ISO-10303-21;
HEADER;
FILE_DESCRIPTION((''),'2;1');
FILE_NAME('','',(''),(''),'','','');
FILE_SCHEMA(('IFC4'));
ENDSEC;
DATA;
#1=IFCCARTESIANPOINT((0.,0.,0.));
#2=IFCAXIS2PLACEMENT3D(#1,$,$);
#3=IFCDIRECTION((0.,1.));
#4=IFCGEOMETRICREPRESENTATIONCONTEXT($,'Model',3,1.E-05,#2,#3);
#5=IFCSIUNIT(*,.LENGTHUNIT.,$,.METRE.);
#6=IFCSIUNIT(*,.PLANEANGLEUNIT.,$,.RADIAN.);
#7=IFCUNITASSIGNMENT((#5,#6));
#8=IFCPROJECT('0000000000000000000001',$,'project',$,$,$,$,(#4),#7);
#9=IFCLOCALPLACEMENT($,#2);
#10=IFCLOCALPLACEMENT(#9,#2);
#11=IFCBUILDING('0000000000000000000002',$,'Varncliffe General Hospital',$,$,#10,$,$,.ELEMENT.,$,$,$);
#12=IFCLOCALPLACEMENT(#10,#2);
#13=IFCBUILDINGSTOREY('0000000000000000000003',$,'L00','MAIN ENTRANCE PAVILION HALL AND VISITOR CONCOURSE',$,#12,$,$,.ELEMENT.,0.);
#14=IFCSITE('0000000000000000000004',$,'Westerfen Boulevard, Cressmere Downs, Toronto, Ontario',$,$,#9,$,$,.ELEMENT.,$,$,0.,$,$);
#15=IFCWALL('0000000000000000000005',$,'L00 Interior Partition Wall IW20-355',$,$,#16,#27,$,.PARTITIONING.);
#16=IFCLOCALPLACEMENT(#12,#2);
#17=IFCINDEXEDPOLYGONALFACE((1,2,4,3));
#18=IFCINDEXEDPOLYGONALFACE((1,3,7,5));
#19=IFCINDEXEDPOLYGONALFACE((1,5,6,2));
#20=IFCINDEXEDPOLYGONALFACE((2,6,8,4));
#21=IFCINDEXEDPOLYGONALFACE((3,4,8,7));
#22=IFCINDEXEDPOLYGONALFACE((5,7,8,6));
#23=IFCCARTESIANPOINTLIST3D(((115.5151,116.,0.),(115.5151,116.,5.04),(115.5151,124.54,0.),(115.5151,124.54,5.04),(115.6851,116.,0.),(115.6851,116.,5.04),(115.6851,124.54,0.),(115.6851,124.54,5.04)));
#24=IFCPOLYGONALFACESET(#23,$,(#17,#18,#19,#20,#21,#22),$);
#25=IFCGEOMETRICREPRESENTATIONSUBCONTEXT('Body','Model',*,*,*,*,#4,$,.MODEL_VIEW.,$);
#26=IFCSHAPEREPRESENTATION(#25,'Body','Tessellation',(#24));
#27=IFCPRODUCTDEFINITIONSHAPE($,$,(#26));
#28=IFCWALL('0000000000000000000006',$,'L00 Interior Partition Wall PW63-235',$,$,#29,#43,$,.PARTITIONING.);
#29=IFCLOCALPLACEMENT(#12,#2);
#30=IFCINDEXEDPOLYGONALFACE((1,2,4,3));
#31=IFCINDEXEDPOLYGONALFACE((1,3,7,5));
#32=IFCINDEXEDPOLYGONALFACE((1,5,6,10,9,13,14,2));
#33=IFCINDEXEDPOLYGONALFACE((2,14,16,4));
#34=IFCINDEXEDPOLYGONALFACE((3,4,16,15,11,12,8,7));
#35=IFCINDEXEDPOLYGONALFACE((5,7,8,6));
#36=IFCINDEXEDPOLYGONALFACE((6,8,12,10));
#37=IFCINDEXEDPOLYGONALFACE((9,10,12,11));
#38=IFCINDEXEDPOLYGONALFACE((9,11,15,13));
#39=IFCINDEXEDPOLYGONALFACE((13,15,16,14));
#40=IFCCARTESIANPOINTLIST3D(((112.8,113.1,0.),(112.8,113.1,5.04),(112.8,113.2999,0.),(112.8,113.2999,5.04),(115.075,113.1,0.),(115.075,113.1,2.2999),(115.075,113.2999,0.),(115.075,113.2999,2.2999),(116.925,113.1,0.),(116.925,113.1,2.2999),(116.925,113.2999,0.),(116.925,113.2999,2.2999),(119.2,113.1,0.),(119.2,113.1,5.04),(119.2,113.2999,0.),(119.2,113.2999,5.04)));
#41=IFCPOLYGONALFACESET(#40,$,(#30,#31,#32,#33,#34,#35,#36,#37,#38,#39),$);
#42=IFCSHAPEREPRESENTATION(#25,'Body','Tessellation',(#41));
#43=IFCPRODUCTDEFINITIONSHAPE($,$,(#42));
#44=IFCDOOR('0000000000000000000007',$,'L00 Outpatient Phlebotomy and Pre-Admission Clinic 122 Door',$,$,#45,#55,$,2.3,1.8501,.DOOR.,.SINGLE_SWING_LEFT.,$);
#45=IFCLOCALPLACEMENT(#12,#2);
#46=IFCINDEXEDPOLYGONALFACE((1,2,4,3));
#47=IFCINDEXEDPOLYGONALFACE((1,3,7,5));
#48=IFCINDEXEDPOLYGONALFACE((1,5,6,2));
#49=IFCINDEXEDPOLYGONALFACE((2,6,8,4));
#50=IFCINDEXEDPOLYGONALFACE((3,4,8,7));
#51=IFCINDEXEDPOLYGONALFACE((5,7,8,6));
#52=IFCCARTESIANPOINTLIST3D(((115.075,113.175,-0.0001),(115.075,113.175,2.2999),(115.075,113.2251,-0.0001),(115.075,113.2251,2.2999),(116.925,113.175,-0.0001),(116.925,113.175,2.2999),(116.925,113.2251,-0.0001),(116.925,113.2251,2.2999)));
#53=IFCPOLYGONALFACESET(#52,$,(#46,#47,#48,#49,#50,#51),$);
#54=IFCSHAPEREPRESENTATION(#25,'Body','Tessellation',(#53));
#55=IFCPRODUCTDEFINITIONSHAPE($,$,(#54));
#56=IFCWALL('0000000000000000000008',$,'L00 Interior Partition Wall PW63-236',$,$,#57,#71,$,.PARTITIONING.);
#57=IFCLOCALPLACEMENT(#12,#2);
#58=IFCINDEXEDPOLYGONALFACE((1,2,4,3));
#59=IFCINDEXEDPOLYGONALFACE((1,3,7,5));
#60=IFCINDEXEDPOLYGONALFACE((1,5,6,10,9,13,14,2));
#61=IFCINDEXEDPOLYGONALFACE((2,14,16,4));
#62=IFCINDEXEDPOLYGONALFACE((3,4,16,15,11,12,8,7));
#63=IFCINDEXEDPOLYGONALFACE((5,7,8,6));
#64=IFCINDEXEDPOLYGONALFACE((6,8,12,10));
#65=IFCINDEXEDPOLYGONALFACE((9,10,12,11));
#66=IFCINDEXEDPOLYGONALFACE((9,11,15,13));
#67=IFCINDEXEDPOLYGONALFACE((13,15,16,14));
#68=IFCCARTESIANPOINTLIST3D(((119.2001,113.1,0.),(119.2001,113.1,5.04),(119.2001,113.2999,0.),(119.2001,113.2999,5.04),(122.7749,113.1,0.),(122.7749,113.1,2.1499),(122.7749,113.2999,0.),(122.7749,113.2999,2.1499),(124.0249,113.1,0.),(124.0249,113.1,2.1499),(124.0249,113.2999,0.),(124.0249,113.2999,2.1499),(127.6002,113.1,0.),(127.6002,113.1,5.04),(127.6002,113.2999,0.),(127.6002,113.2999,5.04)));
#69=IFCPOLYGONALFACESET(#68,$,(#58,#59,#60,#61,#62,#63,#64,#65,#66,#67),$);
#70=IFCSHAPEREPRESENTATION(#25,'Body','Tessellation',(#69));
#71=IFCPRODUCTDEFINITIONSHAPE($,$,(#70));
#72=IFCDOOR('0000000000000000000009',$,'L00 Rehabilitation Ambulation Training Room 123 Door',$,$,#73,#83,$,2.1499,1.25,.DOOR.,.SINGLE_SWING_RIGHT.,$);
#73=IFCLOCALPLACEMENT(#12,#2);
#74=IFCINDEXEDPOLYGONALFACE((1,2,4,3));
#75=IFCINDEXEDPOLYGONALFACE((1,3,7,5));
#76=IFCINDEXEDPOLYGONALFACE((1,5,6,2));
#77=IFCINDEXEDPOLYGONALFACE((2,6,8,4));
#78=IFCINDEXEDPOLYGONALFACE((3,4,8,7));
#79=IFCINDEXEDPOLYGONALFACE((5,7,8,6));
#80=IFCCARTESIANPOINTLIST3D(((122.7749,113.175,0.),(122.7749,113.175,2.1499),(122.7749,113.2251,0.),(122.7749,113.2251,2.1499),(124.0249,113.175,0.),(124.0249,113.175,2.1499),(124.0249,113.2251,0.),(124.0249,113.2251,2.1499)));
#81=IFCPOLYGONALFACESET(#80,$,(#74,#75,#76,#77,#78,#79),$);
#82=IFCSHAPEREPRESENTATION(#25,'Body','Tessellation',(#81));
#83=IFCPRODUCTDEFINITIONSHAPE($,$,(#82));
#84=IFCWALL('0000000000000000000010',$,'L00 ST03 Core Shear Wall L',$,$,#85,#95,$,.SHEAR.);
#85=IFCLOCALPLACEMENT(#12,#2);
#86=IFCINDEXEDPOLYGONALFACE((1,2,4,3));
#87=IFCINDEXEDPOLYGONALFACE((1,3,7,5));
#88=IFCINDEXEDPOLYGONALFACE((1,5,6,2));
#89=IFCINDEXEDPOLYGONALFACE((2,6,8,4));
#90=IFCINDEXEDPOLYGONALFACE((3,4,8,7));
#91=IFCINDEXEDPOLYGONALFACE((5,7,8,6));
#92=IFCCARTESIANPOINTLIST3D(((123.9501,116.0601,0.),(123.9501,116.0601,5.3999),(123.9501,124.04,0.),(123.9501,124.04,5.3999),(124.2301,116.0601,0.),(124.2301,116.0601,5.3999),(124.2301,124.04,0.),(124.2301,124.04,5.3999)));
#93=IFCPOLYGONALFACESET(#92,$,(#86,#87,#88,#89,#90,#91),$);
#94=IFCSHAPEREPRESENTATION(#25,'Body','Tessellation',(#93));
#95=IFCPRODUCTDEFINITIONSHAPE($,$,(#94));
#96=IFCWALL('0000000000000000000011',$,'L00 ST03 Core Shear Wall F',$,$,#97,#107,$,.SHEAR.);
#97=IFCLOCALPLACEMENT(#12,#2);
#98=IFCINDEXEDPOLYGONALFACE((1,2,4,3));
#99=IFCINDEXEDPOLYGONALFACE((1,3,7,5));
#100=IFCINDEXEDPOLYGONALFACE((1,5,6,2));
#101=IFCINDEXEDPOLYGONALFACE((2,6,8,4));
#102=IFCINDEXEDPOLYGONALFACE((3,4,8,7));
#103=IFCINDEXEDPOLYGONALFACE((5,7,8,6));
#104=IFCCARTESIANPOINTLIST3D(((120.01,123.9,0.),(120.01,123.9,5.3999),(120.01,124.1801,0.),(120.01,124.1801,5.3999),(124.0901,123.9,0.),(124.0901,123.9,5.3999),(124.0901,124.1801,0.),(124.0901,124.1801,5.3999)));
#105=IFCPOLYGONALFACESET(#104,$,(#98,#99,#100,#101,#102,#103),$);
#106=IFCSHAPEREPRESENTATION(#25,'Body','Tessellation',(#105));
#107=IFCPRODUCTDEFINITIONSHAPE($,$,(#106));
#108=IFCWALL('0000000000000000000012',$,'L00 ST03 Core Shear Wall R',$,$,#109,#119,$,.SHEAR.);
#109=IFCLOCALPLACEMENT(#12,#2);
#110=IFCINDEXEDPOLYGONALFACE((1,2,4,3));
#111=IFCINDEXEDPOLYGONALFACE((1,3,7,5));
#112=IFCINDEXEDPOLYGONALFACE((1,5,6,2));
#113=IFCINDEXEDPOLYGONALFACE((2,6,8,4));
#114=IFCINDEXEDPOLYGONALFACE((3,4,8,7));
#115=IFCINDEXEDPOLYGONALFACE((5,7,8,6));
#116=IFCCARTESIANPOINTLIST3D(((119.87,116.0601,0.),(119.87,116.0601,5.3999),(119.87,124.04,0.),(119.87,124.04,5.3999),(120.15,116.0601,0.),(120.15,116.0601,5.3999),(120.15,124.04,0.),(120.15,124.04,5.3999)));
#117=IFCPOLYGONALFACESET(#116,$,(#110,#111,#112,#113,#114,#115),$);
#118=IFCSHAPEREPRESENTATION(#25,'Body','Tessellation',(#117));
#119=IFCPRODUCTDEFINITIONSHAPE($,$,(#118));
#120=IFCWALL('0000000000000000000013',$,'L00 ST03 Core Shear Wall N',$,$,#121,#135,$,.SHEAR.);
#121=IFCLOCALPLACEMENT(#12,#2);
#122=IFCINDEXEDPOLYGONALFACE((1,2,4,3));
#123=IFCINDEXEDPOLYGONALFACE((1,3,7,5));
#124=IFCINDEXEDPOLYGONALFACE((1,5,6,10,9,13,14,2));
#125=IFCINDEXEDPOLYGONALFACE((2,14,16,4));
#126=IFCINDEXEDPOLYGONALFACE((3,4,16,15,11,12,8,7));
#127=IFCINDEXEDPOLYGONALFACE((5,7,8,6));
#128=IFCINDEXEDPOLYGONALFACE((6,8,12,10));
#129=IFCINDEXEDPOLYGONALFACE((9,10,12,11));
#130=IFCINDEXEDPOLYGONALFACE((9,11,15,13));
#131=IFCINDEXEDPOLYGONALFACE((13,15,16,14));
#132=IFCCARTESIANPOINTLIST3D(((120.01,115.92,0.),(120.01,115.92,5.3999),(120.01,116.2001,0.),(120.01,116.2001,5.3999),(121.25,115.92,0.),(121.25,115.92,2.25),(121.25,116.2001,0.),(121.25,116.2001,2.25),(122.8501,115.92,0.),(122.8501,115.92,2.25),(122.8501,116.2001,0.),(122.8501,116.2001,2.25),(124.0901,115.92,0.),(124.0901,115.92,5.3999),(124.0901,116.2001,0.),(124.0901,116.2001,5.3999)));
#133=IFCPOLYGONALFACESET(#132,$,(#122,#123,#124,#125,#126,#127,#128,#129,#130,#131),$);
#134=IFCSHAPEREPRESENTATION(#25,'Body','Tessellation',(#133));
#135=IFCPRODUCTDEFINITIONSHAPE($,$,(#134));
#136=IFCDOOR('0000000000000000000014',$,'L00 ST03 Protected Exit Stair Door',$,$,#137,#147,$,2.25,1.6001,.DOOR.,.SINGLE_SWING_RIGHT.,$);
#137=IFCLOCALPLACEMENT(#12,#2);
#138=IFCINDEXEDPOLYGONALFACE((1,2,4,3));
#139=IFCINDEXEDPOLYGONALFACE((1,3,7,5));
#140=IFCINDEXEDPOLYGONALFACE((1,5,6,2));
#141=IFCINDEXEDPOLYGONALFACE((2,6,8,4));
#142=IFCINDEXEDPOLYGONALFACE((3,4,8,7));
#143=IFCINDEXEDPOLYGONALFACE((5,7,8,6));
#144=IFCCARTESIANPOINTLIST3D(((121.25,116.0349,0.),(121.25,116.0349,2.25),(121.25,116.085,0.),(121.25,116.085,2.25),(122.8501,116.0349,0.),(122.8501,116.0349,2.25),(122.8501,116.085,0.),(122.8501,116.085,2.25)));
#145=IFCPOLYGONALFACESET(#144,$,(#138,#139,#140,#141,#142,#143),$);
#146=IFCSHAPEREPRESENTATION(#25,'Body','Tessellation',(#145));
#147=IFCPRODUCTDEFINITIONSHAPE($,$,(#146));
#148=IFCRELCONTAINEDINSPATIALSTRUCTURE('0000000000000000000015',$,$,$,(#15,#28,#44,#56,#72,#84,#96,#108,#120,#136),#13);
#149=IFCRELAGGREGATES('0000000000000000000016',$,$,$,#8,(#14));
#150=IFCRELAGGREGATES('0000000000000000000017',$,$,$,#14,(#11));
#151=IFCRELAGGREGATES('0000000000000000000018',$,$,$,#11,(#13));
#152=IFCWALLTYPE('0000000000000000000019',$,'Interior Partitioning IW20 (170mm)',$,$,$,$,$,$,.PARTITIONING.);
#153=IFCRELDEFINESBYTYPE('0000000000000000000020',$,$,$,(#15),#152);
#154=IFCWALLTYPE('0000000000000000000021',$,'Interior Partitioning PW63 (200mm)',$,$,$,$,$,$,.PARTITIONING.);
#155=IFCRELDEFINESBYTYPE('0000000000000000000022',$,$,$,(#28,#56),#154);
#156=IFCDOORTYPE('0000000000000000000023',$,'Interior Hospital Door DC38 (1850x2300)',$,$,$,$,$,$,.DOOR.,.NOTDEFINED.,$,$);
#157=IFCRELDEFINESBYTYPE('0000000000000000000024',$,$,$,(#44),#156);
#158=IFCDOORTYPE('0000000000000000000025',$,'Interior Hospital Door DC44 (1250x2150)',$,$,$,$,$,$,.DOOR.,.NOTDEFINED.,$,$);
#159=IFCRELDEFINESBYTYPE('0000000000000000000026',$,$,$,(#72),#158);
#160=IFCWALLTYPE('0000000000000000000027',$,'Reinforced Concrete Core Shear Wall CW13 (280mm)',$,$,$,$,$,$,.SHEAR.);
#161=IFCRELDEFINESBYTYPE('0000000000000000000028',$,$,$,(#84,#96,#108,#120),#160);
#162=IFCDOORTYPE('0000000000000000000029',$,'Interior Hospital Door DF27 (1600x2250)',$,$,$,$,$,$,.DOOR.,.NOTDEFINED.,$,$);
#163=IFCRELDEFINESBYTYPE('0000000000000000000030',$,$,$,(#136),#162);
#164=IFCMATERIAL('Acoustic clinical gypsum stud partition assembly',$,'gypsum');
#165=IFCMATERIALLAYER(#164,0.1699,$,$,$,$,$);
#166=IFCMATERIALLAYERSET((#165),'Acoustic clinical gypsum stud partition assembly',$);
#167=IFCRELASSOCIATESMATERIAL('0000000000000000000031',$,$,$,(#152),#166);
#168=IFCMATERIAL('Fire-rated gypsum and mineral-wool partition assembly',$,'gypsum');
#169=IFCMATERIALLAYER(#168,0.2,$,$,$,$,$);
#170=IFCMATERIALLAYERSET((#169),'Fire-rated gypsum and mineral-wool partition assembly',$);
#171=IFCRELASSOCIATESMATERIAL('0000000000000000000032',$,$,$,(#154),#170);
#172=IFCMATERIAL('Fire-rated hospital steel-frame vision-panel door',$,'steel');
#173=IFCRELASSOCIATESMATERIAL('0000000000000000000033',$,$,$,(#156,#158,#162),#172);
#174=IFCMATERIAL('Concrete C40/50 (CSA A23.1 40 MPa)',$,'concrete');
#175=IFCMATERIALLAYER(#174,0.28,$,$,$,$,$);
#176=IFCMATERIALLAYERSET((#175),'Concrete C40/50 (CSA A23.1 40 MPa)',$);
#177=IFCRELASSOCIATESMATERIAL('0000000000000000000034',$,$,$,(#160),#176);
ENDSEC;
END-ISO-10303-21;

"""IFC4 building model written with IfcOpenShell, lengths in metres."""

from ifc_helpers import new_model, si_unit, direction, frame, frame_2d, origin, place, context, subcontext, project, spatial, rectangle, extrude, material, layer, layer_set, type_object, element, fill, save


model = new_model("IFC4")

# Units and contexts
model_context = context("Model", 3, precision=1e-05, world=origin(), true_north=direction((0.0, 1.0)))
body_context = subcontext(model_context, "Body", "Model", "MODEL_VIEW")
ifc_project = project(units=[si_unit("LENGTHUNIT", "METRE"), si_unit("PLANEANGLEUNIT", "RADIAN")], contexts=[model_context])

# Site, building, storey
site_placement = place(None, origin())
site = spatial("IfcSite", under=ifc_project, at=site_placement, Name="Westerfen Boulevard, Cressmere Downs, Toronto, Ontario", CompositionType="ELEMENT", RefElevation=0.0)
building_placement = place(site_placement, origin())
building = spatial("IfcBuilding", under=site, at=building_placement, Name="Varncliffe General Hospital", CompositionType="ELEMENT")
storey_placement = place(building_placement, origin())
storey = spatial("IfcBuildingStorey", under=building, at=storey_placement, Name="L00", Description="MAIN ENTRANCE PAVILION HALL AND VISITOR CONCOURSE", CompositionType="ELEMENT", Elevation=0.0)

# Shared definitions
ifc_material_1 = material(Name="Concrete C40/50 (CSA A23.1 40 MPa)", Category="concrete")

# Wall
ifc_material_2 = material(Name="Acoustic clinical gypsum stud partition assembly", Category="gypsum")
ifc_layer_1 = layer(ifc_material_2, 0.1699)
ifc_layer_set_1 = layer_set([ifc_layer_1], Name="Acoustic clinical gypsum stud partition assembly")
wall_type_1 = type_object("IfcWallType", Name="Interior Partitioning IW20 (170mm)", PredefinedType="PARTITIONING", material=ifc_layer_set_1)
wall_1_placement = place(storey_placement, frame((115.6001, 116.0, 0.0), z_axis=(0.0, 0.0, 1.0), x_axis=(0.0, 1.0, 0.0)))
element("IfcWall", 1, at=wall_1_placement, inside=storey, type_object=wall_type_1, Name="L00 Interior Partition Wall IW20-355", PredefinedType="PARTITIONING", context=body_context, shape_type="SweptSolid", body=[
    extrude(rectangle(XDim=8.54, YDim=0.1699, at=frame_2d((4.27, 0.0))), origin(), (0.0, 0.0, 1.0), 5.04),
])

# Walls, openings, doors
ifc_material_3 = material(Name="Fire-rated gypsum and mineral-wool partition assembly", Category="gypsum")
ifc_layer_2 = layer(ifc_material_3, 0.2)
ifc_layer_set_2 = layer_set([ifc_layer_2], Name="Fire-rated gypsum and mineral-wool partition assembly")
wall_type_2 = type_object("IfcWallType", Name="Interior Partitioning PW63 (200mm)", PredefinedType="PARTITIONING", material=ifc_layer_set_2)
wall_2_placement = place(storey_placement, frame((112.8, 113.2, 0.0), z_axis=(0.0, 0.0, 1.0), x_axis=(1.0, 0.0, 0.0)))
wall_2 = element("IfcWall", 2, at=wall_2_placement, inside=storey, type_object=wall_type_2, Name="L00 Interior Partition Wall PW63-235", PredefinedType="PARTITIONING", context=body_context, shape_type="SweptSolid", body=[
    extrude(rectangle(XDim=6.3999, YDim=0.2, at=frame_2d((3.2, 0.0))), origin(), (0.0, 0.0, 1.0), 5.04),
])
opening_1_placement = place(wall_2_placement, frame((2.2749, 0.0, 0.0)))
opening_1 = element("IfcOpeningElement", 3, at=opening_1_placement, cuts=wall_2, PredefinedType="OPENING", context=body_context, shape_type="SweptSolid", body=[
    extrude(rectangle(XDim=1.8501, YDim=2.3, at=frame_2d((0.925, 1.1499))), frame((0.0, 0.1099, 0.0), z_axis=(0.0, -1.0, 0.0), x_axis=(1.0, 0.0, 0.0)), (0.0, 0.0, 1.0), 0.22),
])
ifc_material_4 = material(Name="Fire-rated hospital steel-frame vision-panel door", Category="steel")
door_type_1 = type_object("IfcDoorType", Name="Interior Hospital Door DC38 (1850x2300)", OperationType="NOTDEFINED", PredefinedType="DOOR", material=ifc_material_4)
door_1_placement = place(opening_1_placement, frame((1.8501, 0.0, 0.0), z_axis=(0.0, 0.0, 1.0), x_axis=(-1.0, 0.0, 0.0)))
door_1 = element("IfcDoor", 4, at=door_1_placement, inside=storey, type_object=door_type_1, Name="L00 Outpatient Phlebotomy and Pre-Admission Clinic 122 Door", OperationType="SINGLE_SWING_LEFT", OverallHeight=2.3, OverallWidth=1.8501, PredefinedType="DOOR", context=body_context, shape_type="SweptSolid", body=[
    extrude(rectangle(XDim=1.8501, YDim=2.3, at=frame_2d((0.925, 1.1499))), frame((0.0, 0.0249, 0.0), z_axis=(0.0, -1.0, 0.0), x_axis=(1.0, 0.0, 0.0)), (0.0, 0.0, 1.0), 0.05),
])
fill(opening_1, door_1)
wall_3_placement = place(storey_placement, frame((119.2, 113.2, 0.0), z_axis=(0.0, 0.0, 1.0), x_axis=(1.0, 0.0, 0.0)))
wall_3 = element("IfcWall", 5, at=wall_3_placement, inside=storey, type_object=wall_type_2, Name="L00 Interior Partition Wall PW63-236", PredefinedType="PARTITIONING", context=body_context, shape_type="SweptSolid", body=[
    extrude(rectangle(XDim=8.4001, YDim=0.2, at=frame_2d((4.2002, 0.0))), origin(), (0.0, 0.0, 1.0), 5.04),
])
opening_2_placement = place(wall_3_placement, frame((3.575, 0.0, 0.0)))
opening_2 = element("IfcOpeningElement", 6, at=opening_2_placement, cuts=wall_3, PredefinedType="OPENING", context=body_context, shape_type="SweptSolid", body=[
    extrude(rectangle(XDim=1.25, YDim=2.1499, at=frame_2d((0.625, 1.075))), frame((0.0, 0.1099, 0.0), z_axis=(0.0, -1.0, 0.0), x_axis=(1.0, 0.0, 0.0)), (0.0, 0.0, 1.0), 0.22),
])
door_type_2 = type_object("IfcDoorType", Name="Interior Hospital Door DC44 (1250x2150)", OperationType="NOTDEFINED", PredefinedType="DOOR", material=ifc_material_4)
door_2_placement = place(opening_2_placement, frame((1.25, 0.0, 0.0), z_axis=(0.0, 0.0, 1.0), x_axis=(-1.0, 0.0, 0.0)))
door_2 = element("IfcDoor", 7, at=door_2_placement, inside=storey, type_object=door_type_2, Name="L00 Rehabilitation Ambulation Training Room 123 Door", OperationType="SINGLE_SWING_RIGHT", OverallHeight=2.1499, OverallWidth=1.25, PredefinedType="DOOR", context=body_context, shape_type="SweptSolid", body=[
    extrude(rectangle(XDim=1.25, YDim=2.1499, at=frame_2d((0.625, 1.075))), frame((0.0, 0.0249, 0.0), z_axis=(0.0, -1.0, 0.0), x_axis=(1.0, 0.0, 0.0)), (0.0, 0.0, 1.0), 0.05),
])
fill(opening_2, door_2)

# Walls
ifc_layer_3 = layer(ifc_material_1, 0.28)
ifc_layer_set_3 = layer_set([ifc_layer_3], Name="Concrete C40/50 (CSA A23.1 40 MPa)")
wall_type_3 = type_object("IfcWallType", Name="Reinforced Concrete Core Shear Wall CW13 (280mm)", PredefinedType="SHEAR", material=ifc_layer_set_3)
wall_4_placement = place(storey_placement, frame((124.0901, 116.0601, 0.0), z_axis=(0.0, 0.0, 1.0), x_axis=(0.0, 1.0, 0.0)))
element("IfcWall", 8, at=wall_4_placement, inside=storey, type_object=wall_type_3, Name="L00 ST03 Core Shear Wall L", PredefinedType="SHEAR", context=body_context, shape_type="SweptSolid", body=[
    extrude(rectangle(XDim=7.98, YDim=0.28, at=frame_2d((3.99, 0.0))), origin(), (0.0, 0.0, 1.0), 5.3999),
])
wall_5_placement = place(storey_placement, frame((124.0901, 124.04, 0.0), z_axis=(0.0, 0.0, 1.0), x_axis=(-1.0, 0.0, 0.0)))
element("IfcWall", 9, at=wall_5_placement, inside=storey, type_object=wall_type_3, Name="L00 ST03 Core Shear Wall F", PredefinedType="SHEAR", context=body_context, shape_type="SweptSolid", body=[
    extrude(rectangle(XDim=4.0801, YDim=0.28, at=frame_2d((2.04, 0.0))), origin(), (0.0, 0.0, 1.0), 5.3999),
])
wall_6_placement = place(storey_placement, frame((120.01, 124.04, 0.0), z_axis=(0.0, 0.0, 1.0), x_axis=(0.0, -1.0, 0.0)))
element("IfcWall", 10, at=wall_6_placement, inside=storey, type_object=wall_type_3, Name="L00 ST03 Core Shear Wall R", PredefinedType="SHEAR", context=body_context, shape_type="SweptSolid", body=[
    extrude(rectangle(XDim=7.98, YDim=0.28, at=frame_2d((3.99, 0.0))), origin(), (0.0, 0.0, 1.0), 5.3999),
])

# Wall, opening, door
wall_7_placement = place(storey_placement, frame((120.01, 116.0601, 0.0), z_axis=(0.0, 0.0, 1.0), x_axis=(1.0, 0.0, 0.0)))
wall_7 = element("IfcWall", 11, at=wall_7_placement, inside=storey, type_object=wall_type_3, Name="L00 ST03 Core Shear Wall N", PredefinedType="SHEAR", context=body_context, shape_type="SweptSolid", body=[
    extrude(rectangle(XDim=4.0801, YDim=0.28, at=frame_2d((2.04, 0.0))), origin(), (0.0, 0.0, 1.0), 5.3999),
])
opening_3_placement = place(wall_7_placement, frame((1.24, 0.0, 0.0)))
opening_3 = element("IfcOpeningElement", 12, at=opening_3_placement, cuts=wall_7, PredefinedType="OPENING", context=body_context, shape_type="SweptSolid", body=[
    extrude(rectangle(XDim=1.6001, YDim=2.25, at=frame_2d((0.8, 1.125))), frame((0.0, 0.1499, 0.0), z_axis=(0.0, -1.0, 0.0), x_axis=(1.0, 0.0, 0.0)), (0.0, 0.0, 1.0), 0.3),
])
door_type_3 = type_object("IfcDoorType", Name="Interior Hospital Door DF27 (1600x2250)", OperationType="NOTDEFINED", PredefinedType="DOOR", material=ifc_material_4)
door_3_placement = place(opening_3_placement, origin())
door_3 = element("IfcDoor", 13, at=door_3_placement, inside=storey, type_object=door_type_3, Name="L00 ST03 Protected Exit Stair Door", OperationType="SINGLE_SWING_RIGHT", OverallHeight=2.25, OverallWidth=1.6001, PredefinedType="DOOR", context=body_context, shape_type="SweptSolid", body=[
    extrude(rectangle(XDim=1.6001, YDim=2.25, at=frame_2d((0.8, 1.125))), frame((0.0, 0.0249, 0.0), z_axis=(0.0, -1.0, 0.0), x_axis=(1.0, 0.0, 0.0)), (0.0, 0.0, 1.0), 0.05),
])
fill(opening_3, door_3)

save(model, "model.ifc")
